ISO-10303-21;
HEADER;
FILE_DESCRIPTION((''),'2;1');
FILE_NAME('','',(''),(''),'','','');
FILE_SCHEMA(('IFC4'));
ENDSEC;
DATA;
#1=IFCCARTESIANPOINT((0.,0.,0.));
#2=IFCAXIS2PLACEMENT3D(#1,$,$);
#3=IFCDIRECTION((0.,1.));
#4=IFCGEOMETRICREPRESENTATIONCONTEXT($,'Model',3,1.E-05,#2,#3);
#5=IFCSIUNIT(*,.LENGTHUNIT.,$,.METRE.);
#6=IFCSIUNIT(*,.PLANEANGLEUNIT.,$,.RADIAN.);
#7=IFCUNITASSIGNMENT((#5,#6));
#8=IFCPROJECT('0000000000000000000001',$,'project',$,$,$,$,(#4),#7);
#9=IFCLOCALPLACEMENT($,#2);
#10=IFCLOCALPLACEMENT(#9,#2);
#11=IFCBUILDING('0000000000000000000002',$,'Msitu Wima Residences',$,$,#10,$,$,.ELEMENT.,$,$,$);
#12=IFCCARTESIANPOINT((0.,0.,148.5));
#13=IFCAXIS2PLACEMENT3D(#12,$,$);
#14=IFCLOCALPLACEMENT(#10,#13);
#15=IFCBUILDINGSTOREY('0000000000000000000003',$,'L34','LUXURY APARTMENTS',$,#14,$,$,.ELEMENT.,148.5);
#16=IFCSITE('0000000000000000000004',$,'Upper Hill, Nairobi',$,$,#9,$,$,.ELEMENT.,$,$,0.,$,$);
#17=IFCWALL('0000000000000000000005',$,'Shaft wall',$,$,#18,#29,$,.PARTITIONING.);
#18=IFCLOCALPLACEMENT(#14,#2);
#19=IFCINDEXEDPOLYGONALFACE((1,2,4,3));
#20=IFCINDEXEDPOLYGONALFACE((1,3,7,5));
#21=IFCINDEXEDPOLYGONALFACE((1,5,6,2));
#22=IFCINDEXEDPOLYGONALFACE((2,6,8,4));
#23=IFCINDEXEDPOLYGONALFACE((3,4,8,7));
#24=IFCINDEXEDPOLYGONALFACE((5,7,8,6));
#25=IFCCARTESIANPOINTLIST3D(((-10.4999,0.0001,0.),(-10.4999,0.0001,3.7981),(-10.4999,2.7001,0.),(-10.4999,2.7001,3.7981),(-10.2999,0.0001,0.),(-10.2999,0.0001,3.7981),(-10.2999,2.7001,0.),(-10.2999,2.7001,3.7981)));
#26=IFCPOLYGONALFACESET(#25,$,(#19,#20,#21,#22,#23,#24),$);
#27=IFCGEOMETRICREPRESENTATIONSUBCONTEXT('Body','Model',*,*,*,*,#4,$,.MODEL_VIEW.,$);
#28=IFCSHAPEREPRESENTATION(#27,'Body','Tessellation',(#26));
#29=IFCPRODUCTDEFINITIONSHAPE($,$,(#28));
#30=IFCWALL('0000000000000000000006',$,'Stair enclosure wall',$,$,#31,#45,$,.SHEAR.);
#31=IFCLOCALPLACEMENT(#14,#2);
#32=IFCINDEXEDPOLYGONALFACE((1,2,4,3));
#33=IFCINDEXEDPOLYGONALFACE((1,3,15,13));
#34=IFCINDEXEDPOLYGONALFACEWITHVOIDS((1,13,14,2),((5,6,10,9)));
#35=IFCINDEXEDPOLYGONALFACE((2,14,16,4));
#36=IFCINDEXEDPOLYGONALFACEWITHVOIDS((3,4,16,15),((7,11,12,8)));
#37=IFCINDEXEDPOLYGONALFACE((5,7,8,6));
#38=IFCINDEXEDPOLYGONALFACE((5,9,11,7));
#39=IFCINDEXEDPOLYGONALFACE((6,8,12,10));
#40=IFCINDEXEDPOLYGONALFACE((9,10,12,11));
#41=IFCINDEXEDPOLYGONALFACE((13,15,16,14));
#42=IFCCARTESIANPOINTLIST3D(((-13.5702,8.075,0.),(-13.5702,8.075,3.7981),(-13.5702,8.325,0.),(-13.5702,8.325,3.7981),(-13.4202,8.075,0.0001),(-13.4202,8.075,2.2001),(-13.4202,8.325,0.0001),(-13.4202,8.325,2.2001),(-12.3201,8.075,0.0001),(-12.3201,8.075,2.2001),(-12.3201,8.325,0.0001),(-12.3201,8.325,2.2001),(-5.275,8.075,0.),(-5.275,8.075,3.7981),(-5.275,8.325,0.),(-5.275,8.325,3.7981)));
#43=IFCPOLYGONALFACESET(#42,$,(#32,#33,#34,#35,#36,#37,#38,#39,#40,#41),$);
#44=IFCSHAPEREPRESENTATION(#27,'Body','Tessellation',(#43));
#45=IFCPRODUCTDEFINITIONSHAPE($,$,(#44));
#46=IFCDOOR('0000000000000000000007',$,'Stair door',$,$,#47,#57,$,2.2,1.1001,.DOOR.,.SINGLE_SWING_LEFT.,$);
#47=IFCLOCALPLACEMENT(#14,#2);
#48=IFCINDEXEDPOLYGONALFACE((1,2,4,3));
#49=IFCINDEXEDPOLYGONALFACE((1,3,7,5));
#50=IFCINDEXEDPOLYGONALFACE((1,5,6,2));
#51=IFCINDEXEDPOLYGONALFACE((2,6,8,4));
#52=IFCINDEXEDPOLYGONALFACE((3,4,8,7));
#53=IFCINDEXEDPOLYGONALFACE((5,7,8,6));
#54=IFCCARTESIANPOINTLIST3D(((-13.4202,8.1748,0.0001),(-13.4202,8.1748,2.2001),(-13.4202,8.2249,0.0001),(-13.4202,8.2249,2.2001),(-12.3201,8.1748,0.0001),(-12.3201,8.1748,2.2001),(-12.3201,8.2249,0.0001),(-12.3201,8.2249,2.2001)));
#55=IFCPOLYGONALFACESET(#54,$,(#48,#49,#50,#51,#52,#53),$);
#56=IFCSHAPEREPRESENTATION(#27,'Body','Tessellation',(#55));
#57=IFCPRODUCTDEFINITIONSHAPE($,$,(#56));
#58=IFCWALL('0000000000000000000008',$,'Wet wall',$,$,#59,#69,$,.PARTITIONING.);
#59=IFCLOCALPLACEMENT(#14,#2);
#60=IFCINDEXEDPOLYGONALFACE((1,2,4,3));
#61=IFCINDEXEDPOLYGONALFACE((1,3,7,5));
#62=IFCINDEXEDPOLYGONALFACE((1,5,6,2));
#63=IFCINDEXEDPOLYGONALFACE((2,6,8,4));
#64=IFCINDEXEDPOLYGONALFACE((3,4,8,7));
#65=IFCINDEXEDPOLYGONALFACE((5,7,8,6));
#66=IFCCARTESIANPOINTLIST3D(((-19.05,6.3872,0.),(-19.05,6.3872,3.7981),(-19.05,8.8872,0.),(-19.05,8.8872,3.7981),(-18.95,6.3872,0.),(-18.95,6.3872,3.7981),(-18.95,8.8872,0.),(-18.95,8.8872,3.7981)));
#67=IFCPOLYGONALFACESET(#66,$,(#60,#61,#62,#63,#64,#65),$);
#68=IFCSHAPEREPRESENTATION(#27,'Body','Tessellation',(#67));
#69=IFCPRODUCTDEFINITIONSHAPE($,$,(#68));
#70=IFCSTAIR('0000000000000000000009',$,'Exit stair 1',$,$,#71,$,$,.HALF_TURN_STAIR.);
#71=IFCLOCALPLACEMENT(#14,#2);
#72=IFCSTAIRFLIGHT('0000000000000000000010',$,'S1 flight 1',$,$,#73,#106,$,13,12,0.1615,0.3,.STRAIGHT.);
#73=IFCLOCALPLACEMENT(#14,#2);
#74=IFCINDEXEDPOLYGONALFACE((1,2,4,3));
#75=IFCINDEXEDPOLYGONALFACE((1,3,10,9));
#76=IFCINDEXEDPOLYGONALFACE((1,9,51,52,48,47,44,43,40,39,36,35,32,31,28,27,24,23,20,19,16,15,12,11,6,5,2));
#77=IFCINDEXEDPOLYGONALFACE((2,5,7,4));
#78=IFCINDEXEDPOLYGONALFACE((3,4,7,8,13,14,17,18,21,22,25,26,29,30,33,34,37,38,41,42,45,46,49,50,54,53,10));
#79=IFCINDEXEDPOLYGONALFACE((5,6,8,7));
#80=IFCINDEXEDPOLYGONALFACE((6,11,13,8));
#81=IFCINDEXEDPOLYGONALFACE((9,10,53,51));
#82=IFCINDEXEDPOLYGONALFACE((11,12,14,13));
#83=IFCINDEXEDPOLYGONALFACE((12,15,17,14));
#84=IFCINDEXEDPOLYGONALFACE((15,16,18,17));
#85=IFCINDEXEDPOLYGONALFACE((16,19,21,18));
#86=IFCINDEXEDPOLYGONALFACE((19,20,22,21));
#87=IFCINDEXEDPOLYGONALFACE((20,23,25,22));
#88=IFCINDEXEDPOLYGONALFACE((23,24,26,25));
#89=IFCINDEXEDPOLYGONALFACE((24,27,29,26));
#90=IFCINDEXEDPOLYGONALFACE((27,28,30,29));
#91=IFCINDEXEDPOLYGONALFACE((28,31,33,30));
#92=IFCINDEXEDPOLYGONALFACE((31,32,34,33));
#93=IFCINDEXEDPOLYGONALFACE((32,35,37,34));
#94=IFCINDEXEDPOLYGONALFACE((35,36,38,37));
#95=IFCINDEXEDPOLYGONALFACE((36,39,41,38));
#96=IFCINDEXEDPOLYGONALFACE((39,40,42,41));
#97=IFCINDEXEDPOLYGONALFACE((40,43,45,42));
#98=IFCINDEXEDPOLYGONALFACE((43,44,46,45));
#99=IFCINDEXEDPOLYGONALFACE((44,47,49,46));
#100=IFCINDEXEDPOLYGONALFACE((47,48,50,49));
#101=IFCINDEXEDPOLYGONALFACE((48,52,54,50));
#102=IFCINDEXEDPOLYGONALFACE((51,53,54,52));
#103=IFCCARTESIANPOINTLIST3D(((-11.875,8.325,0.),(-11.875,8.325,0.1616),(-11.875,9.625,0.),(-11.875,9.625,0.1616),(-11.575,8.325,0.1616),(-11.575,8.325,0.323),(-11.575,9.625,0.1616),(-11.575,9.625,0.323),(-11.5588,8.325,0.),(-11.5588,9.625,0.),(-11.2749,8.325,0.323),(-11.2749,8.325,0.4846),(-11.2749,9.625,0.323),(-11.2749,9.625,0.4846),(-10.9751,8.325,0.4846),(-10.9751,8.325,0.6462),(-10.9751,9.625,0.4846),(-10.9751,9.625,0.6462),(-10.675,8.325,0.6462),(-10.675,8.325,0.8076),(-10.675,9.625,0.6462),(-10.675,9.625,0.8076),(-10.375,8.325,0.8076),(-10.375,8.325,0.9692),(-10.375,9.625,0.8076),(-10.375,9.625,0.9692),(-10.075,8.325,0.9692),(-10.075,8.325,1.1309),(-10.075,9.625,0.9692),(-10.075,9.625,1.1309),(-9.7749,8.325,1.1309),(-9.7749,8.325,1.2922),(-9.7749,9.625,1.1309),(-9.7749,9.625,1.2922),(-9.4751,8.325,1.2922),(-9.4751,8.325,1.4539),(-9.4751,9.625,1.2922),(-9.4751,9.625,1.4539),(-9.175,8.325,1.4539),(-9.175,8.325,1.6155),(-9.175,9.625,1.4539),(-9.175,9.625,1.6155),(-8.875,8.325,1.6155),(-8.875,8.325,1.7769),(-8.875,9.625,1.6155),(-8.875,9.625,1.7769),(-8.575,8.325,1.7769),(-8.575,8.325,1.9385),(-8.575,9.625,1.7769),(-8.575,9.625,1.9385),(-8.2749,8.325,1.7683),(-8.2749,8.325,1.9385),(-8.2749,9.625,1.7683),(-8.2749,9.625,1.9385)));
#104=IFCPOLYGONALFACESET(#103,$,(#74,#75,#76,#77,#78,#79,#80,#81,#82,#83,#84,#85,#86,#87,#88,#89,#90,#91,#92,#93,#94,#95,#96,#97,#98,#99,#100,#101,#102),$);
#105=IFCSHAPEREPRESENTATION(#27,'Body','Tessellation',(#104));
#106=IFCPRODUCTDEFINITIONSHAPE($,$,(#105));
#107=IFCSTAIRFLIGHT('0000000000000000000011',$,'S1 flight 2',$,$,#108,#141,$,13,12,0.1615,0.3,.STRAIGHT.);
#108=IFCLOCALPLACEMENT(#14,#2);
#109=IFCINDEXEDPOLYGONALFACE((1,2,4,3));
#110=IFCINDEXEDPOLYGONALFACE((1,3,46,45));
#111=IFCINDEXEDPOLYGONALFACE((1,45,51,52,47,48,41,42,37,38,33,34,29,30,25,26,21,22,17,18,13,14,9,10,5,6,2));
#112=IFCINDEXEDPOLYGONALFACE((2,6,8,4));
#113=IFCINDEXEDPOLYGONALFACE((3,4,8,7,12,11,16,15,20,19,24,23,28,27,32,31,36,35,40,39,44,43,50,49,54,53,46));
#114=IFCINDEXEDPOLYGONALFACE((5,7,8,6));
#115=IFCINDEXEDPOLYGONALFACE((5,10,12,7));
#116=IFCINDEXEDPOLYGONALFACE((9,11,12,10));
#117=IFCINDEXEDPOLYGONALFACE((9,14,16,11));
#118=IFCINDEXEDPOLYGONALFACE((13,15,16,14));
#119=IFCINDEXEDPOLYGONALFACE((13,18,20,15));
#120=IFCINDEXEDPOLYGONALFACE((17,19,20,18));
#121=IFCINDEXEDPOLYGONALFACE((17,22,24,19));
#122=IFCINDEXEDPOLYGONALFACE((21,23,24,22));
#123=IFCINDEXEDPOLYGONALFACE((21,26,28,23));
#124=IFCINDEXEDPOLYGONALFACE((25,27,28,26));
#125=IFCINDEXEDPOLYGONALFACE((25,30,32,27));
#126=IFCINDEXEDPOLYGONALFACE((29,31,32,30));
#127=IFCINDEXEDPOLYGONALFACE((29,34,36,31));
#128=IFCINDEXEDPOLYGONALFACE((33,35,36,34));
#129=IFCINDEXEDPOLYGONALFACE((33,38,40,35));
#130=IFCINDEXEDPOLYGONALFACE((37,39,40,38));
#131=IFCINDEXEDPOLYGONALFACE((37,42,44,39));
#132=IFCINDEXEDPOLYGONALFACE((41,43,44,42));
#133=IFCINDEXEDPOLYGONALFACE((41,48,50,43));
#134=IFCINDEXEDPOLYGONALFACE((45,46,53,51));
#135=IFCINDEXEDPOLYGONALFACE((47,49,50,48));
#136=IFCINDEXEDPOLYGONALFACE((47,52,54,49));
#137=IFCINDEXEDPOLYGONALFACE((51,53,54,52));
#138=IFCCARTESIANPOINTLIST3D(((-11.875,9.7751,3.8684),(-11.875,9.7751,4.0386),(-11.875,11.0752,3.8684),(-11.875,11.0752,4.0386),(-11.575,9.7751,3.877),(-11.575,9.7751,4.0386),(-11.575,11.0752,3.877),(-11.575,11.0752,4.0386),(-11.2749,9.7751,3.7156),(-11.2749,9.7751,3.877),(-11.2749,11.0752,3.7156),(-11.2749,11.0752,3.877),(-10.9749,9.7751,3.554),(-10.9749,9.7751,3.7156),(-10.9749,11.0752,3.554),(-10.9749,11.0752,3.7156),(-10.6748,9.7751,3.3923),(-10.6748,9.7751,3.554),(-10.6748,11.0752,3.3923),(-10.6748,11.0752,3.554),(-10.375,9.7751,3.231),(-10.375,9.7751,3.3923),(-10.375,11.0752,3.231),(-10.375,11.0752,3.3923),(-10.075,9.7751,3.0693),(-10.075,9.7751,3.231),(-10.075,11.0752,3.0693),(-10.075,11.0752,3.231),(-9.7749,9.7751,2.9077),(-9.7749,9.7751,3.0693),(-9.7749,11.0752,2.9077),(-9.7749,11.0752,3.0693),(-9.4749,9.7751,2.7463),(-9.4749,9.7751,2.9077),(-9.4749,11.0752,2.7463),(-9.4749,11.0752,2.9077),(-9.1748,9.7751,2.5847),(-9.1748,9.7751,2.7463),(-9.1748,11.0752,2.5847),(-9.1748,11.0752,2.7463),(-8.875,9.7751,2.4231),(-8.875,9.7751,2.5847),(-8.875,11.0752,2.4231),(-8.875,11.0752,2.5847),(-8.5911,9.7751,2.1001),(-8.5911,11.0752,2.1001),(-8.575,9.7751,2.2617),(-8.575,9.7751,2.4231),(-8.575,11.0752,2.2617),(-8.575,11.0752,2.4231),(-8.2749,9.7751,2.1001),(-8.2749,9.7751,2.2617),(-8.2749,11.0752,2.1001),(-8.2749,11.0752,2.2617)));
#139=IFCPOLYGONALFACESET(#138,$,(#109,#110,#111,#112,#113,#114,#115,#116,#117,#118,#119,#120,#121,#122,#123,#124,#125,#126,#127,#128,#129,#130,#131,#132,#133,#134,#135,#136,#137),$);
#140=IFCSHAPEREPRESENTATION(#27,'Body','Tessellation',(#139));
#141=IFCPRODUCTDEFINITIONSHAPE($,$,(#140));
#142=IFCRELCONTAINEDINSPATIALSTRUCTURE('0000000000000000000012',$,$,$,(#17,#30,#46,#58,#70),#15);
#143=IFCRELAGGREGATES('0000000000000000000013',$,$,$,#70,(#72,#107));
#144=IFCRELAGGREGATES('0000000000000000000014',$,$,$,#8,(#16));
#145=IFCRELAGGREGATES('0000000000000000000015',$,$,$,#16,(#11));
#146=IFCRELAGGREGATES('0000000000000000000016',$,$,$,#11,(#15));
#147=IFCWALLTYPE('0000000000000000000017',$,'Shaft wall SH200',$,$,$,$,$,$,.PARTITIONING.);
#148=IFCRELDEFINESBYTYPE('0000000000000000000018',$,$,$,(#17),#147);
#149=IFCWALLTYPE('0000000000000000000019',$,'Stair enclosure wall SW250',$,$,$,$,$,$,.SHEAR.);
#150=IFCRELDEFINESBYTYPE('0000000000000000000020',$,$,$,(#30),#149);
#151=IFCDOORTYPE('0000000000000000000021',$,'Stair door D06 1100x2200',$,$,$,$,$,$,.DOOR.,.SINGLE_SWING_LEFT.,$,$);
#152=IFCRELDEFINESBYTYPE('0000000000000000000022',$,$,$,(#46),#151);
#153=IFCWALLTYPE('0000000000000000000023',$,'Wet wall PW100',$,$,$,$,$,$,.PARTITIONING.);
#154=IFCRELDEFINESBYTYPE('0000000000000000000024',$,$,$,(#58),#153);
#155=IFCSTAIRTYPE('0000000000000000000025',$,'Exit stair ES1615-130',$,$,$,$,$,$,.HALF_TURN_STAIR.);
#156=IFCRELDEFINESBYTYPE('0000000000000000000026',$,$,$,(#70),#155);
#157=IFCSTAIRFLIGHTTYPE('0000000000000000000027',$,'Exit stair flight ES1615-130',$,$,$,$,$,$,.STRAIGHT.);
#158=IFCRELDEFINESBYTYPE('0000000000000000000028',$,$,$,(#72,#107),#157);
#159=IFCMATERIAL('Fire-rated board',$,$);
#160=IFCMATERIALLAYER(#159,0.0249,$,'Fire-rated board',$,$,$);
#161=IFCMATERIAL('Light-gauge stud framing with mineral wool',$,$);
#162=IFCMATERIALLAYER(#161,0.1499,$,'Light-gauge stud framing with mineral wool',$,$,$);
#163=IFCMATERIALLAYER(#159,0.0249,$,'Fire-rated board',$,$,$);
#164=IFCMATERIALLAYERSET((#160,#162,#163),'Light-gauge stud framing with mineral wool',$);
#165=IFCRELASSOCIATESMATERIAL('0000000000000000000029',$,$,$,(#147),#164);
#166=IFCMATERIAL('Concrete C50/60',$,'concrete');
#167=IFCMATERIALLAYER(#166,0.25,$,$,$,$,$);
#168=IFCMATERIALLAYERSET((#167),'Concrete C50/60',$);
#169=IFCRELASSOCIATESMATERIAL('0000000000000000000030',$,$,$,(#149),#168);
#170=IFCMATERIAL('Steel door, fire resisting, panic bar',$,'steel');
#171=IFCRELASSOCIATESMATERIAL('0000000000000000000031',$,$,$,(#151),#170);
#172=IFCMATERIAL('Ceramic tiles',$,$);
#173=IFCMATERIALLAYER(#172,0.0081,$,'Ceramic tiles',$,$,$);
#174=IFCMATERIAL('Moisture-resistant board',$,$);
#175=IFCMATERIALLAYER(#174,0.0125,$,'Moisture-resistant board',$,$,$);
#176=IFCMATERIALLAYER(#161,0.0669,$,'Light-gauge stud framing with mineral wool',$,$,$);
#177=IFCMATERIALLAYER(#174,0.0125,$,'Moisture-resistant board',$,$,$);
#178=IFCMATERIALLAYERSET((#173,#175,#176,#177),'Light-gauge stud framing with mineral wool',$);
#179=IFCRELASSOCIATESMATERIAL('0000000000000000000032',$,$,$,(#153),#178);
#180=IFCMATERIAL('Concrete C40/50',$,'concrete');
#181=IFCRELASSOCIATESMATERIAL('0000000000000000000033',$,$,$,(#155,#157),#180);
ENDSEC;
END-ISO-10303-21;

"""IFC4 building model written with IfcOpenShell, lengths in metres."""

from ifc_helpers import new_model, si_unit, direction, frame, frame_2d, origin, place, context, subcontext, project, spatial, polyline, rectangle, outline, extrude, material, layer, layer_set, type_object, element, fill, aggregate, save


model = new_model("IFC4")

# Units and contexts
model_context = context("Model", 3, precision=1e-05, world=origin(), true_north=direction((0.0, 1.0)))
body_context = subcontext(model_context, "Body", "Model", "MODEL_VIEW")
ifc_project = project(units=[si_unit("LENGTHUNIT", "METRE"), si_unit("PLANEANGLEUNIT", "RADIAN")], contexts=[model_context])

# Site, building, storey
site_placement = place(None, origin())
site = spatial("IfcSite", under=ifc_project, at=site_placement, Name="Upper Hill, Nairobi", CompositionType="ELEMENT", RefElevation=0.0)
building_placement = place(site_placement, origin())
building = spatial("IfcBuilding", under=site, at=building_placement, Name="Msitu Wima Residences", CompositionType="ELEMENT")
storey_placement = place(building_placement, frame((0.0, 0.0, 148.5)))
storey = spatial("IfcBuildingStorey", under=building, at=storey_placement, Name="L34", Description="LUXURY APARTMENTS", CompositionType="ELEMENT", Elevation=148.5)

# Shared definitions
ifc_material_1 = material(Name="Fire-rated board")
ifc_layer_1 = layer(ifc_material_1, 0.0249, Name="Fire-rated board")
ifc_material_2 = material(Name="Light-gauge stud framing with mineral wool")
ifc_layer_2 = layer(ifc_material_2, 0.1499, Name="Light-gauge stud framing with mineral wool")
ifc_layer_3 = layer(ifc_material_1, 0.0249, Name="Fire-rated board")
ifc_layer_set_1 = layer_set([ifc_layer_1, ifc_layer_2, ifc_layer_3], Name="Light-gauge stud framing with mineral wool")
wall_type_1 = type_object("IfcWallType", Name="Shaft wall SH200", PredefinedType="PARTITIONING", material=ifc_layer_set_1)

# Wall
wall_1_placement = place(storey_placement, frame((-10.3999, 0.0, 0.0), z_axis=(0.0, 0.0, 1.0), x_axis=(0.0, 1.0, 0.0)))
element("IfcWall", 1, at=wall_1_placement, inside=storey, type_object=wall_type_1, Name="Shaft wall", PredefinedType="PARTITIONING", context=body_context, shape_type="SweptSolid", body=[
    extrude(rectangle(XDim=2.7, YDim=0.2, at=frame_2d((1.3501, 0.0))), origin(), (0.0, 0.0, 1.0), 3.7981),
])

# Wall, opening, door
ifc_material_3 = material(Name="Concrete C50/60", Category="concrete")
ifc_layer_4 = layer(ifc_material_3, 0.25)
ifc_layer_set_2 = layer_set([ifc_layer_4], Name="Concrete C50/60")
wall_type_2 = type_object("IfcWallType", Name="Stair enclosure wall SW250", PredefinedType="SHEAR", material=ifc_layer_set_2)
wall_2_placement = place(storey_placement, frame((-13.5701, 8.2, 0.0), z_axis=(0.0, 0.0, 1.0), x_axis=(1.0, 0.0, 0.0)))
wall_2 = element("IfcWall", 2, at=wall_2_placement, inside=storey, type_object=wall_type_2, Name="Stair enclosure wall", PredefinedType="SHEAR", context=body_context, shape_type="SweptSolid", body=[
    extrude(rectangle(XDim=8.2952, YDim=0.25, at=frame_2d((4.1475, 0.0))), origin(), (0.0, 0.0, 1.0), 3.7981),
])
opening_1_placement = place(wall_2_placement, frame((0.1499, 0.0, 0.0)))
opening_1 = element("IfcOpeningElement", 3, at=opening_1_placement, cuts=wall_2, PredefinedType="OPENING", context=body_context, shape_type="SweptSolid", body=[
    extrude(rectangle(XDim=1.1001, YDim=2.2, at=frame_2d((0.55, 1.1001))), frame((0.0, 0.135, 0.0), z_axis=(0.0, -1.0, 0.0), x_axis=(1.0, 0.0, 0.0)), (0.0, 0.0, 1.0), 0.27),
])
ifc_material_4 = material(Name="Steel door, fire resisting, panic bar", Category="steel")
door_type_1 = type_object("IfcDoorType", Name="Stair door D06 1100x2200", OperationType="SINGLE_SWING_LEFT", PredefinedType="DOOR", material=ifc_material_4)
door_1_placement = place(opening_1_placement, origin())
door_1 = element("IfcDoor", 4, at=door_1_placement, inside=storey, type_object=door_type_1, Name="Stair door", OperationType="SINGLE_SWING_LEFT", OverallHeight=2.2, OverallWidth=1.1001, PredefinedType="DOOR", context=body_context, shape_type="SweptSolid", body=[
    extrude(rectangle(XDim=1.1001, YDim=2.2, at=frame_2d((0.55, 1.1001))), frame((0.0, 0.0249, 0.0), z_axis=(0.0, -1.0, 0.0), x_axis=(1.0, 0.0, 0.0)), (0.0, 0.0, 1.0), 0.05),
])
fill(opening_1, door_1)

# Wall
ifc_material_5 = material(Name="Ceramic tiles")
ifc_layer_5 = layer(ifc_material_5, 0.0081, Name="Ceramic tiles")
ifc_material_6 = material(Name="Moisture-resistant board")
ifc_layer_6 = layer(ifc_material_6, 0.0125, Name="Moisture-resistant board")
ifc_layer_7 = layer(ifc_material_2, 0.0669, Name="Light-gauge stud framing with mineral wool")
ifc_layer_8 = layer(ifc_material_6, 0.0125, Name="Moisture-resistant board")
ifc_layer_set_3 = layer_set([ifc_layer_5, ifc_layer_6, ifc_layer_7, ifc_layer_8], Name="Light-gauge stud framing with mineral wool")
wall_type_3 = type_object("IfcWallType", Name="Wet wall PW100", PredefinedType="PARTITIONING", material=ifc_layer_set_3)
wall_3_placement = place(storey_placement, frame((-19.0, 6.3872, 0.0), z_axis=(0.0, 0.0, 1.0), x_axis=(0.0, 1.0, 0.0)))
element("IfcWall", 5, at=wall_3_placement, inside=storey, type_object=wall_type_3, Name="Wet wall", PredefinedType="PARTITIONING", context=body_context, shape_type="SweptSolid", body=[
    extrude(rectangle(XDim=2.5, YDim=0.1001, at=frame_2d((1.25, 0.0))), origin(), (0.0, 0.0, 1.0), 3.7981),
])

# Stair, stair flights
ifc_material_7 = material(Name="Concrete C40/50", Category="concrete")
stair_type = type_object("IfcStairType", Name="Exit stair ES1615-130", PredefinedType="HALF_TURN_STAIR", material=ifc_material_7)
stair_placement = place(storey_placement, origin())
stair = element("IfcStair", 6, at=stair_placement, inside=storey, type_object=stair_type, Name="Exit stair 1", PredefinedType="HALF_TURN_STAIR")
stair_flight_type = type_object("IfcStairFlightType", Name="Exit stair flight ES1615-130", PredefinedType="STRAIGHT", material=ifc_material_7)
stair_flight_1_placement = place(storey_placement, frame((-11.875, 8.9751, 0.0), z_axis=(0.0, 0.0, 1.0), x_axis=(1.0, 0.0, 0.0)))
stair_flight_1 = element("IfcStairFlight", 7, at=stair_flight_1_placement, type_object=stair_flight_type, Name="S1 flight 1", NumberOfRisers=13, NumberOfTreads=12, PredefinedType="STRAIGHT", RiserHeight=0.1615, TreadLength=0.3, context=body_context, shape_type="SweptSolid", body=[
    extrude(outline(polyline([(0.0, 0.0), (0.0, 0.1616), (0.3, 0.1616), (0.3, 0.323), (0.6001, 0.323), (0.6001, 0.4846), (0.8999, 0.4846), (0.8999, 0.6462), (1.2, 0.6462), (1.2, 0.8076), (1.5, 0.8076), (1.5, 0.9692), (1.8, 0.9692), (1.8, 1.1309), (2.1001, 1.1309), (2.1001, 1.2922), (2.3999, 1.2922), (2.3999, 1.4539), (2.7, 1.4539), (2.7, 1.6155), (3.0, 1.6155), (3.0, 1.7769), (3.3, 1.7769), (3.3, 1.9385), (3.6001, 1.9385), (3.6001, 2.1001), (3.6001, 1.7683), (0.3162, 0.0), (0.0, 0.0)])), frame((0.0, 0.6499, 0.0), z_axis=(0.0, -1.0, 0.0), x_axis=(1.0, 0.0, 0.0)), (0.0, 0.0, 1.0), 1.3),
])
stair_flight_2_placement = place(storey_placement, frame((-8.2749, 10.425, 2.1001), z_axis=(0.0, 0.0, 1.0), x_axis=(-1.0, 0.0, 0.0)))
stair_flight_2 = element("IfcStairFlight", 8, at=stair_flight_2_placement, type_object=stair_flight_type, Name="S1 flight 2", NumberOfRisers=13, NumberOfTreads=12, PredefinedType="STRAIGHT", RiserHeight=0.1615, TreadLength=0.3, context=body_context, shape_type="SweptSolid", body=[
    extrude(outline(polyline([(0.0, 0.0), (0.0, 0.1616), (0.3, 0.1616), (0.3, 0.323), (0.6001, 0.323), (0.6001, 0.4846), (0.8999, 0.4846), (0.8999, 0.6462), (1.2, 0.6462), (1.2, 0.8076), (1.5, 0.8076), (1.5, 0.9692), (1.8, 0.9692), (1.8, 1.1309), (2.1001, 1.1309), (2.1001, 1.2922), (2.3999, 1.2922), (2.3999, 1.4539), (2.7, 1.4539), (2.7, 1.6155), (3.0, 1.6155), (3.0, 1.7769), (3.3, 1.7769), (3.3, 1.9385), (3.6001, 1.9385), (3.6001, 2.1001), (3.6001, 1.7683), (0.3162, 0.0), (0.0, 0.0)])), frame((0.0, 0.6499, 0.0), z_axis=(0.0, -1.0, 0.0), x_axis=(1.0, 0.0, 0.0)), (0.0, 0.0, 1.0), 1.3),
])
aggregate(stair, [stair_flight_1, stair_flight_2])

save(model, "model.ifc")
